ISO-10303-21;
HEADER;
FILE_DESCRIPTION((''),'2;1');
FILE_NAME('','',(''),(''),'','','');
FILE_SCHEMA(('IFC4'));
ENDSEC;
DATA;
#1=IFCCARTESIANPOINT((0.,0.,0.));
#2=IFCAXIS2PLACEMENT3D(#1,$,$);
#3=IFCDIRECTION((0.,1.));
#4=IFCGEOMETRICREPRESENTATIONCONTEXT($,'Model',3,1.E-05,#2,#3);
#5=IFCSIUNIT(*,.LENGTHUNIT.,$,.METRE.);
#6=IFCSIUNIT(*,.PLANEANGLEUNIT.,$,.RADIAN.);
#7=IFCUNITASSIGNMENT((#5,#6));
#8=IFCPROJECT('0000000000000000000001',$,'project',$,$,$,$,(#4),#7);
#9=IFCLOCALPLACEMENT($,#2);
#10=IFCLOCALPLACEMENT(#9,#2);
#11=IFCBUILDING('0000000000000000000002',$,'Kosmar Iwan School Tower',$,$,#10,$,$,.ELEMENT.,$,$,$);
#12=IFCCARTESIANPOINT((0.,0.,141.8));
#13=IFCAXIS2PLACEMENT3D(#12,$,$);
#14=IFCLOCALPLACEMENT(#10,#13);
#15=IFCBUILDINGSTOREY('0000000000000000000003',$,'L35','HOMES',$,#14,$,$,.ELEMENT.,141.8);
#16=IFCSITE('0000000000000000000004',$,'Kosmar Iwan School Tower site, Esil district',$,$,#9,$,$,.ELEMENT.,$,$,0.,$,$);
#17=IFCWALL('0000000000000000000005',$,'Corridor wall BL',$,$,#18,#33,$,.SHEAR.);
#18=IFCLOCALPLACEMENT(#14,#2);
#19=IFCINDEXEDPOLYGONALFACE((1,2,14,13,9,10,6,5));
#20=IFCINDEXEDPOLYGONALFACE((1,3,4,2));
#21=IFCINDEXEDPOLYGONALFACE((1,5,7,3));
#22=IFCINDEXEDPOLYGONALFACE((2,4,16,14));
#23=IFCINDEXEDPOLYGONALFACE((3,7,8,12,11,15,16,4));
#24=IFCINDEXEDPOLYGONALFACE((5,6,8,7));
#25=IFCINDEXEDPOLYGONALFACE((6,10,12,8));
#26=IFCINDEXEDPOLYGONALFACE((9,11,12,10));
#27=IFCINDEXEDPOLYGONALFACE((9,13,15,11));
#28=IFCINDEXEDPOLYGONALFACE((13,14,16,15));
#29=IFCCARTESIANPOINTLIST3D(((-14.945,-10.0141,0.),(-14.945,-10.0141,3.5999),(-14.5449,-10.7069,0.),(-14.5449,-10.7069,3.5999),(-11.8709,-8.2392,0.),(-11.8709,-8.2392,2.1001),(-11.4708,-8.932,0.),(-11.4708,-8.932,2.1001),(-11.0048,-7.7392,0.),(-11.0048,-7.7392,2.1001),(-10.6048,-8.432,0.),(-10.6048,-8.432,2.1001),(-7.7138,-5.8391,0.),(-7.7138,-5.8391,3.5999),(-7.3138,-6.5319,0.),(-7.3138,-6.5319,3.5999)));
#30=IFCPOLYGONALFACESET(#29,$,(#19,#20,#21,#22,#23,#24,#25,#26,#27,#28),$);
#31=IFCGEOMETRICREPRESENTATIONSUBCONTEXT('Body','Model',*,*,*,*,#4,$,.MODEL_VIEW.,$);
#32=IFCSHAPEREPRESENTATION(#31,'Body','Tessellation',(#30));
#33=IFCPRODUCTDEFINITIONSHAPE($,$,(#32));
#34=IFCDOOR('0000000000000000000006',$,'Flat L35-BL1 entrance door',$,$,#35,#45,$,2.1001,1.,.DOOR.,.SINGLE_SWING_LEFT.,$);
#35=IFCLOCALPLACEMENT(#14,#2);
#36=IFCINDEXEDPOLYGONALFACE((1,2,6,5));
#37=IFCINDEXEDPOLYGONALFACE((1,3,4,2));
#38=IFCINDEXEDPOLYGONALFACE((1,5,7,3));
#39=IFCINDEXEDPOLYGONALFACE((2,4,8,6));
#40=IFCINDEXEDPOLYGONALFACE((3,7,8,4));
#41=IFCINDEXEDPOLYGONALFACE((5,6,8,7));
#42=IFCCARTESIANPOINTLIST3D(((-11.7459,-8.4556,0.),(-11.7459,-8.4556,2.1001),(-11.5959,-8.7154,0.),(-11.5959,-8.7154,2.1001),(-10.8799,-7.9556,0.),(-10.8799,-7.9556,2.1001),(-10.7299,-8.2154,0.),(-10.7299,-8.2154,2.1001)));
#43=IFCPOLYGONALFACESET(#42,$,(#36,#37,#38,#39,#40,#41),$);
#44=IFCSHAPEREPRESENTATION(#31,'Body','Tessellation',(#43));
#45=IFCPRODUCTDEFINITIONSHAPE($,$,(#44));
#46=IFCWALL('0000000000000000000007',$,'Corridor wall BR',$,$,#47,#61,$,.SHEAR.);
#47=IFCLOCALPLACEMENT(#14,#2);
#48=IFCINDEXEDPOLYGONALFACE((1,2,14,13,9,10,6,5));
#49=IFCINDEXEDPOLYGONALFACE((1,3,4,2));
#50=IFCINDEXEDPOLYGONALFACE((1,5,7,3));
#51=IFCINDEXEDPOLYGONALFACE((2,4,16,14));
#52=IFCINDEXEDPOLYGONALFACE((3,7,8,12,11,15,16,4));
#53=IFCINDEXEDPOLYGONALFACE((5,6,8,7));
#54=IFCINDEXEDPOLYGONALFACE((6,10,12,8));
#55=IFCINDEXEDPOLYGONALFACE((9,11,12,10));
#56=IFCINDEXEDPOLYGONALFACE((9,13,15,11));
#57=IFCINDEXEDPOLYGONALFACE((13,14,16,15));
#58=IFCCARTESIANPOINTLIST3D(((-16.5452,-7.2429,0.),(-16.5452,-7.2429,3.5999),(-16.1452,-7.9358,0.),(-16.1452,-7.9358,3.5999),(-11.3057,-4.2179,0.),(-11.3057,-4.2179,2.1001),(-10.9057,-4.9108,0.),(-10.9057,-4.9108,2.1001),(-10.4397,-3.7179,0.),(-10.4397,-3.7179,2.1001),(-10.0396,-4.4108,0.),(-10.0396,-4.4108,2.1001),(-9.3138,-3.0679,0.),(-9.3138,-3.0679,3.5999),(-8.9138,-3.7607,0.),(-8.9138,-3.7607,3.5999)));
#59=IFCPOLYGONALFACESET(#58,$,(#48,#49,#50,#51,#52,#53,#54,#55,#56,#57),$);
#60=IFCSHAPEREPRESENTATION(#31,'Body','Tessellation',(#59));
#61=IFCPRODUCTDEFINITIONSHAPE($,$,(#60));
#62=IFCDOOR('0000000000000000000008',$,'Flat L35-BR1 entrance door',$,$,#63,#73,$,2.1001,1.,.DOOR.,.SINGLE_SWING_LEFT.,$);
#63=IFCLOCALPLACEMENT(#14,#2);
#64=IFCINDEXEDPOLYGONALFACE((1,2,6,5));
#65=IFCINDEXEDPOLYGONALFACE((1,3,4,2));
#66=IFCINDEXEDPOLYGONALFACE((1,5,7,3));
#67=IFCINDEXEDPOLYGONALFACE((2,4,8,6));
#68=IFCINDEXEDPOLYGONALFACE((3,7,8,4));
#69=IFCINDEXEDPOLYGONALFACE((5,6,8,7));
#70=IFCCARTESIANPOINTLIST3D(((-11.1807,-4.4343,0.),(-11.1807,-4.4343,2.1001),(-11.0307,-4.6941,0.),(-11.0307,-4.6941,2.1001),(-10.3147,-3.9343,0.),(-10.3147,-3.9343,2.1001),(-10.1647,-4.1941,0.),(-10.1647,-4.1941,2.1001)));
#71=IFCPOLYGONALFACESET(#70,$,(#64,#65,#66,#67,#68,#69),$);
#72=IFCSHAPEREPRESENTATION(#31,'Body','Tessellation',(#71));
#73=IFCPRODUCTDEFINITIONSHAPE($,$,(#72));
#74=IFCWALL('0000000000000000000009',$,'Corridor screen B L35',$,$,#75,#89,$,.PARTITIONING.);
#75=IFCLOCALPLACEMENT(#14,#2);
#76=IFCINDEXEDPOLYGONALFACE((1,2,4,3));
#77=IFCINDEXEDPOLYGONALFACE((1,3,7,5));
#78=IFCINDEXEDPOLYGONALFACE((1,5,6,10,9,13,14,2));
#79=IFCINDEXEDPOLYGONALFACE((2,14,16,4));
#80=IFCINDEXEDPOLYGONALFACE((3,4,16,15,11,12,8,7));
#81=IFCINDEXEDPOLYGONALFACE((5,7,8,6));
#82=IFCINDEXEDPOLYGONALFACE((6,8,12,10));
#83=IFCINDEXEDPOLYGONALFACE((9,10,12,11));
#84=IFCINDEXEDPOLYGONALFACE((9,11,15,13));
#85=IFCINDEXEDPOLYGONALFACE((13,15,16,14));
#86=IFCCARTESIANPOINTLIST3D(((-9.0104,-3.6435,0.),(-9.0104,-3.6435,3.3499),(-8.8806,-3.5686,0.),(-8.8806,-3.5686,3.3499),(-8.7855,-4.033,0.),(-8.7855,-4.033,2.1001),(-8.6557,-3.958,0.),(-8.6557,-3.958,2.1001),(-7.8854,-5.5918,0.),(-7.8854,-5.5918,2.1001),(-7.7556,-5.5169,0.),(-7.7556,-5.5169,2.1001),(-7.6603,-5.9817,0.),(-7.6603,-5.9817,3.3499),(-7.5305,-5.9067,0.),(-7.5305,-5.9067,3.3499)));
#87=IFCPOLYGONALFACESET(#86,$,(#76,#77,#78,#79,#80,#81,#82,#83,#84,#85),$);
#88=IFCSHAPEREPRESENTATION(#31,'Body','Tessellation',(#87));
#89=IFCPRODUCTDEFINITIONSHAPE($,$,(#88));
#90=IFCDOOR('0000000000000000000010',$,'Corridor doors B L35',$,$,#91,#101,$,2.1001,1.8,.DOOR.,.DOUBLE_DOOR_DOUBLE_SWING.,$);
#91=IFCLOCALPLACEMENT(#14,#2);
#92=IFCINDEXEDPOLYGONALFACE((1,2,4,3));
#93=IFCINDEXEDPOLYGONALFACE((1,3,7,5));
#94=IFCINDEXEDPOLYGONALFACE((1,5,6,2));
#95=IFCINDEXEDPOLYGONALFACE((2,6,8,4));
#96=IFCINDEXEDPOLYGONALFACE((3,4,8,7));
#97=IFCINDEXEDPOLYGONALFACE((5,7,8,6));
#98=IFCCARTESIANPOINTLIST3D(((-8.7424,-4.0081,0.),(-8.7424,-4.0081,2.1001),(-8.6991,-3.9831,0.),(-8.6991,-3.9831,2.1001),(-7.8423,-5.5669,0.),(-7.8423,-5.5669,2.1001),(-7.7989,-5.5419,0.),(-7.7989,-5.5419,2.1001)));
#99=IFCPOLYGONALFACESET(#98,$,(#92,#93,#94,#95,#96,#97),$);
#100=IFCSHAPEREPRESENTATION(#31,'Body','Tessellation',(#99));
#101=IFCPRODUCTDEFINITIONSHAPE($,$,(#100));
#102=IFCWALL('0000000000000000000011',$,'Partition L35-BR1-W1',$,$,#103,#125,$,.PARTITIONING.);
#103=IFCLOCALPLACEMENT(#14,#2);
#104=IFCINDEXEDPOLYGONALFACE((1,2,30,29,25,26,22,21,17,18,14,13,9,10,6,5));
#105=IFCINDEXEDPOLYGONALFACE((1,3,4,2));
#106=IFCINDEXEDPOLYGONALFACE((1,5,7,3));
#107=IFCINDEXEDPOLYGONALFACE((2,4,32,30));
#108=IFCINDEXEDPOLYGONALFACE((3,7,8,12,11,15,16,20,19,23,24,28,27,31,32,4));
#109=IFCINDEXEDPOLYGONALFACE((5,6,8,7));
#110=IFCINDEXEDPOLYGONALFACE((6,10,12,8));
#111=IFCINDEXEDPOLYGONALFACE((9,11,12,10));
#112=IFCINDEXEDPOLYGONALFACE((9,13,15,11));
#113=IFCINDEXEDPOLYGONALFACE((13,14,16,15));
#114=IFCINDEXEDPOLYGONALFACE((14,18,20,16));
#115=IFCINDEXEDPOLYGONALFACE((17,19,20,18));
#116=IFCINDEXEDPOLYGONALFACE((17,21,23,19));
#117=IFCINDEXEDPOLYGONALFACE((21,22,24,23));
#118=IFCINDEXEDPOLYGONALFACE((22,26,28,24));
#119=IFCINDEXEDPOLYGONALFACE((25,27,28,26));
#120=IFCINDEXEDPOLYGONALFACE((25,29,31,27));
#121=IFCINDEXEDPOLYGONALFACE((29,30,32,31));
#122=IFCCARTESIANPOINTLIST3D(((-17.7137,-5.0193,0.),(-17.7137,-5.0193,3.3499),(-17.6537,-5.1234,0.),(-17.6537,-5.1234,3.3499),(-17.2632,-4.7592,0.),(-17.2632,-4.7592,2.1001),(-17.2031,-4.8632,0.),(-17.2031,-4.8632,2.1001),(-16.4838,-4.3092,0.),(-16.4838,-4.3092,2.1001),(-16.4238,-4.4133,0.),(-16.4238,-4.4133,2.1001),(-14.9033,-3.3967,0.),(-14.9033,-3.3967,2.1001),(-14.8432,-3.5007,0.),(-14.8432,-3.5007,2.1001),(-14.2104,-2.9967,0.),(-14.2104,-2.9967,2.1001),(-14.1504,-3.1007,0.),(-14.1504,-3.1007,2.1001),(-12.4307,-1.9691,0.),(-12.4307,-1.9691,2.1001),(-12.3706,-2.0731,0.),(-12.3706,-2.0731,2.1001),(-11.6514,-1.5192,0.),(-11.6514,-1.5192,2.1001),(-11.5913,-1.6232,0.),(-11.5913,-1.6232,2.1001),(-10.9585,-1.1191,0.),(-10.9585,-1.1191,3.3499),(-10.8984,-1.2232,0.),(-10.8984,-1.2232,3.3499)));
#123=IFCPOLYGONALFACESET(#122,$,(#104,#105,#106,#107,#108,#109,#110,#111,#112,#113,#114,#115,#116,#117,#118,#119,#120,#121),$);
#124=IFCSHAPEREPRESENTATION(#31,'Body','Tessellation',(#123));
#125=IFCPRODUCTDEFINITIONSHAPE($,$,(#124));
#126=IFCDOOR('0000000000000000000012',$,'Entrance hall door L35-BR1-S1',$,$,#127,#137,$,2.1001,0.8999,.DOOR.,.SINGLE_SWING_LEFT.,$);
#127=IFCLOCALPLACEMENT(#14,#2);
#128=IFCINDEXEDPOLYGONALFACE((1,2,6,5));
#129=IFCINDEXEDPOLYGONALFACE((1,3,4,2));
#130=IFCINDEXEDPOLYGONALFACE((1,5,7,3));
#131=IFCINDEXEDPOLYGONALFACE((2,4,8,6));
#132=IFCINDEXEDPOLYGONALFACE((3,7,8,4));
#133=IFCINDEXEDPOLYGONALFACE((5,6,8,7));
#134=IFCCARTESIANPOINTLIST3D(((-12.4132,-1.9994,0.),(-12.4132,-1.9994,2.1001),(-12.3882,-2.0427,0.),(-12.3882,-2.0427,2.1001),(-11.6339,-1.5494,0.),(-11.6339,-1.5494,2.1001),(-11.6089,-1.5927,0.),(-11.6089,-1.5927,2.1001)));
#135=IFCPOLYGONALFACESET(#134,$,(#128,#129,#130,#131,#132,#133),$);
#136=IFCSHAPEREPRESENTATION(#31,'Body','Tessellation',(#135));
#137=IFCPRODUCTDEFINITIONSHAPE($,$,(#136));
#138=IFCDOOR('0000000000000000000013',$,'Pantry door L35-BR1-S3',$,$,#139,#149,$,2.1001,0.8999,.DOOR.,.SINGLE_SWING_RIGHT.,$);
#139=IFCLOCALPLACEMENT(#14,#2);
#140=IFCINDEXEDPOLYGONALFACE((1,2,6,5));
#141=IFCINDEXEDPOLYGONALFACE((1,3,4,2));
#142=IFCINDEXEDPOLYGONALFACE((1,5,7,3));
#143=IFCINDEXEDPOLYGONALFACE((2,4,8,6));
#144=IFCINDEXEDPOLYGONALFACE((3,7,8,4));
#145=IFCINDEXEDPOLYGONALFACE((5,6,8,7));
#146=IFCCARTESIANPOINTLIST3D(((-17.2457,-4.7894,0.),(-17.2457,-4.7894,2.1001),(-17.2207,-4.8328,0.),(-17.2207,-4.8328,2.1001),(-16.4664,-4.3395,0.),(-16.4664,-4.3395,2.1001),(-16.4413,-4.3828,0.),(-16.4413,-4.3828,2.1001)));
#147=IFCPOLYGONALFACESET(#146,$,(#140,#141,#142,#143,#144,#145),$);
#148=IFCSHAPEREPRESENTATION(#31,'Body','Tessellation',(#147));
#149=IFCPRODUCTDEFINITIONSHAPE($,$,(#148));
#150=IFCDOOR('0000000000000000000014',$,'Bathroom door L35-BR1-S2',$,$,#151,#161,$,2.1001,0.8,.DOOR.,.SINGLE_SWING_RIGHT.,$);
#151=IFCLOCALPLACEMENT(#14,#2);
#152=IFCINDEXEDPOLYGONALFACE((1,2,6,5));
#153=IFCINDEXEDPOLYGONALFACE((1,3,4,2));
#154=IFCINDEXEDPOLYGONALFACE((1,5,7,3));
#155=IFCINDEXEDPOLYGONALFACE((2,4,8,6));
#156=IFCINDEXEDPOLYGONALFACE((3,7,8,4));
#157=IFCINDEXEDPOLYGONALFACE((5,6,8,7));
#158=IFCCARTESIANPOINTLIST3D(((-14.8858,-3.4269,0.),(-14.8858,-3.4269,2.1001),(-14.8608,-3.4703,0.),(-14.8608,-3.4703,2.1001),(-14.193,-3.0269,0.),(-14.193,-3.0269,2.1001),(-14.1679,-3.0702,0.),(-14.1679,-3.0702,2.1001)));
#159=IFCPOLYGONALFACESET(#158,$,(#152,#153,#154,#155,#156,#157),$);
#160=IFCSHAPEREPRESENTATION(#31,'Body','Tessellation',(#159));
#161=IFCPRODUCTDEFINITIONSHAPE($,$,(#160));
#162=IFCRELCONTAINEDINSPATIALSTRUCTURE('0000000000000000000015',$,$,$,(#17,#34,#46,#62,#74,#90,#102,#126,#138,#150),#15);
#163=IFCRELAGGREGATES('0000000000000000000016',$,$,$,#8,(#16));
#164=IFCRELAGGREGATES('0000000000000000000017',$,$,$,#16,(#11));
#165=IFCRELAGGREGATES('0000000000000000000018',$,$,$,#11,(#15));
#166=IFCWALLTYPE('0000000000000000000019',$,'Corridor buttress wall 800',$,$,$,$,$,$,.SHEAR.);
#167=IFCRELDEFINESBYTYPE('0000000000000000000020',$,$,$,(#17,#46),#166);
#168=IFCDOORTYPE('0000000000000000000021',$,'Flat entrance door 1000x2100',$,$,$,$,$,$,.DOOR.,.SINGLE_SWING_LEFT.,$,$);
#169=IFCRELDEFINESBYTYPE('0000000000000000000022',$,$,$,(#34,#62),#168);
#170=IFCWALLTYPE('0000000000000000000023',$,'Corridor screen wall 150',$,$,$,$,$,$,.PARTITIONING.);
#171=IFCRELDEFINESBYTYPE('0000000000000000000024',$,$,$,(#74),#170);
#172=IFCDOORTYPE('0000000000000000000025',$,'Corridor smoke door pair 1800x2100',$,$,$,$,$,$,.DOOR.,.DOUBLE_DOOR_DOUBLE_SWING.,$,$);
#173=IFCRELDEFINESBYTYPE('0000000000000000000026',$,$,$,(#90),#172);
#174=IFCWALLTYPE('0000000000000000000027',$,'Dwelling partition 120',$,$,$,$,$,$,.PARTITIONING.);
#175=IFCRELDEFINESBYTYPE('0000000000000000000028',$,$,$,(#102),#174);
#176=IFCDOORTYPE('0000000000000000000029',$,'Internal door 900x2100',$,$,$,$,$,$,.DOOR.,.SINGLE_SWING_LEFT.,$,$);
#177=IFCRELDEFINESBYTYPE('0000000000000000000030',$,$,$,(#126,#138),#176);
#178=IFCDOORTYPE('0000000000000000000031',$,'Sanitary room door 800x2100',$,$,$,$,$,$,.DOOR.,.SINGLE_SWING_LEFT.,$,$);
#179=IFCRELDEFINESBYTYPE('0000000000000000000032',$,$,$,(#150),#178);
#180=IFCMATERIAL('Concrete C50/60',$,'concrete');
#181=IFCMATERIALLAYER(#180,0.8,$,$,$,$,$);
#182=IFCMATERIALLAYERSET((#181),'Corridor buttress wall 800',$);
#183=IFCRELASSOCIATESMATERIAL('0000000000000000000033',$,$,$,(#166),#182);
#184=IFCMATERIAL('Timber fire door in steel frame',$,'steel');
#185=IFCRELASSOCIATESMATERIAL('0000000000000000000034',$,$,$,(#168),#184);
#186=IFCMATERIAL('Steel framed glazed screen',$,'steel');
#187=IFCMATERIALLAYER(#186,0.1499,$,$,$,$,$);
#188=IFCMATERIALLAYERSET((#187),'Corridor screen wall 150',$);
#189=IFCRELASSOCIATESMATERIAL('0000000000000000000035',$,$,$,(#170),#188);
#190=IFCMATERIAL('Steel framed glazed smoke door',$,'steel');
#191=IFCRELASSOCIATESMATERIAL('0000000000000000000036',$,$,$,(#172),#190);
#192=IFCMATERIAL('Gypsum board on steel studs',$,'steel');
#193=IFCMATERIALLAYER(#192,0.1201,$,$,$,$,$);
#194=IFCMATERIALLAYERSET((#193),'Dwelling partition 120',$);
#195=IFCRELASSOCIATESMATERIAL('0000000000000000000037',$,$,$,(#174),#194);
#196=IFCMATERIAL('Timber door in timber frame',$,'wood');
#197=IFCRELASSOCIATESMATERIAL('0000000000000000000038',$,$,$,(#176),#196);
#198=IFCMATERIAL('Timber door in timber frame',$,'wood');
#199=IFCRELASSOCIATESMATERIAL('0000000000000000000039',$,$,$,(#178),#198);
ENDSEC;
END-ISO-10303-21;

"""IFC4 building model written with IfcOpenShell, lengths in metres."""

from ifc_helpers import new_model, si_unit, direction, frame, frame_2d, origin, place, context, subcontext, project, spatial, rectangle, extrude, material, layer, layer_set, type_object, element, fill, save


model = new_model("IFC4")

# Units and contexts
model_context = context("Model", 3, precision=1e-05, world=origin(), true_north=direction((0.0, 1.0)))
body_context = subcontext(model_context, "Body", "Model", "MODEL_VIEW")
ifc_project = project(units=[si_unit("LENGTHUNIT", "METRE"), si_unit("PLANEANGLEUNIT", "RADIAN")], contexts=[model_context])

# Site, building, storey
site_placement = place(None, origin())
site = spatial("IfcSite", under=ifc_project, at=site_placement, Name="Kosmar Iwan School Tower site, Esil district", CompositionType="ELEMENT", RefElevation=0.0)
building_placement = place(site_placement, origin())
building = spatial("IfcBuilding", under=site, at=building_placement, Name="Kosmar Iwan School Tower", CompositionType="ELEMENT")
storey_placement = place(building_placement, frame((0.0, 0.0, 141.8)))
storey = spatial("IfcBuildingStorey", under=building, at=storey_placement, Name="L35", Description="HOMES", CompositionType="ELEMENT", Elevation=141.8)

# Walls, openings, doors
ifc_material_1 = material(Name="Concrete C50/60", Category="concrete")
ifc_layer_1 = layer(ifc_material_1, 0.8)
ifc_layer_set_1 = layer_set([ifc_layer_1], Name="Corridor buttress wall 800")
wall_type_1 = type_object("IfcWallType", Name="Corridor buttress wall 800", PredefinedType="SHEAR", material=ifc_layer_set_1)
wall_1_placement = place(storey_placement, frame((-7.5139, -6.1855, 0.0), z_axis=(0.0, 0.0, 1.0), x_axis=(-0.86602, -0.50001, 0.0)))
wall_1 = element("IfcWall", 1, at=wall_1_placement, inside=storey, type_object=wall_type_1, Name="Corridor wall BL", PredefinedType="SHEAR", context=body_context, shape_type="SweptSolid", body=[
    extrude(rectangle(XDim=8.3499, YDim=0.8, at=frame_2d((4.1748, 0.0))), origin(), (0.0, 0.0, 1.0), 3.5999),
])
opening_1_placement = place(wall_1_placement, frame((3.8, 0.0, 0.0)))
opening_1 = element("IfcOpeningElement", 2, at=opening_1_placement, cuts=wall_1, PredefinedType="OPENING", context=body_context, shape_type="SweptSolid", body=[
    extrude(rectangle(XDim=1.0, YDim=2.1001, at=frame_2d((0.5, 1.05))), frame((0.0, 0.4121, 0.0), z_axis=(0.0, -1.0, 0.0), x_axis=(1.0, 0.0, 0.0)), (0.0, 0.0, 1.0), 0.824),
])
ifc_material_2 = material(Name="Timber fire door in steel frame", Category="steel")
door_type_1 = type_object("IfcDoorType", Name="Flat entrance door 1000x2100", OperationType="SINGLE_SWING_LEFT", PredefinedType="DOOR", material=ifc_material_2)
door_1_placement = place(opening_1_placement, origin())
door_1 = element("IfcDoor", 3, at=door_1_placement, inside=storey, type_object=door_type_1, Name="Flat L35-BL1 entrance door", OperationType="SINGLE_SWING_LEFT", OverallHeight=2.1001, OverallWidth=1.0, PredefinedType="DOOR", context=body_context, shape_type="SweptSolid", body=[
    extrude(rectangle(XDim=1.0, YDim=2.1001, at=frame_2d((0.5, 1.05))), frame((0.0, 0.1499, 0.0), z_axis=(0.0, -1.0, 0.0), x_axis=(1.0, 0.0, 0.0)), (0.0, 0.0, 1.0), 0.3),
])
fill(opening_1, door_1)
wall_2_placement = place(storey_placement, frame((-9.1138, -3.4143, 0.0), z_axis=(0.0, 0.0, 1.0), x_axis=(-0.866027, -0.499997, 0.0)))
wall_2 = element("IfcWall", 4, at=wall_2_placement, inside=storey, type_object=wall_type_1, Name="Corridor wall BR", PredefinedType="SHEAR", context=body_context, shape_type="SweptSolid", body=[
    extrude(rectangle(XDim=8.3501, YDim=0.8, at=frame_2d((4.175, 0.0))), origin(), (0.0, 0.0, 1.0), 3.5999),
])
opening_2_placement = place(wall_2_placement, frame((1.3, 0.0, 0.0)))
opening_2 = element("IfcOpeningElement", 5, at=opening_2_placement, cuts=wall_2, PredefinedType="OPENING", context=body_context, shape_type="SweptSolid", body=[
    extrude(rectangle(XDim=1.0, YDim=2.1001, at=frame_2d((0.5, 1.05))), frame((0.0, 0.4121, 0.0), z_axis=(0.0, -1.0, 0.0), x_axis=(1.0, 0.0, 0.0)), (0.0, 0.0, 1.0), 0.824),
])
door_2_placement = place(opening_2_placement, origin())
door_2 = element("IfcDoor", 6, at=door_2_placement, inside=storey, type_object=door_type_1, Name="Flat L35-BR1 entrance door", OperationType="SINGLE_SWING_LEFT", OverallHeight=2.1001, OverallWidth=1.0, PredefinedType="DOOR", context=body_context, shape_type="SweptSolid", body=[
    extrude(rectangle(XDim=1.0, YDim=2.1001, at=frame_2d((0.5, 1.05))), frame((0.0, 0.1499, 0.0), z_axis=(0.0, -1.0, 0.0), x_axis=(1.0, 0.0, 0.0)), (0.0, 0.0, 1.0), 0.3),
])
fill(opening_2, door_2)
ifc_material_3 = material(Name="Steel framed glazed screen", Category="steel")
ifc_layer_2 = layer(ifc_material_3, 0.1499)
ifc_layer_set_2 = layer_set([ifc_layer_2], Name="Corridor screen wall 150")
wall_type_2 = type_object("IfcWallType", Name="Corridor screen wall 150", PredefinedType="PARTITIONING", material=ifc_layer_set_2)
wall_3_placement = place(storey_placement, frame((-8.9456, -3.606, 0.0), z_axis=(0.0, 0.0, 1.0), x_axis=(0.500049, -0.865997, 0.0)))
wall_3 = element("IfcWall", 7, at=wall_3_placement, inside=storey, type_object=wall_type_2, Name="Corridor screen B L35", PredefinedType="PARTITIONING", context=body_context, shape_type="SweptSolid", body=[
    extrude(rectangle(XDim=2.7, YDim=0.1499, at=frame_2d((1.3501, 0.0))), origin(), (0.0, 0.0, 1.0), 3.3499),
])
opening_3_placement = place(wall_3_placement, frame((0.45, 0.0, 0.0)))
opening_3 = element("IfcOpeningElement", 8, at=opening_3_placement, cuts=wall_3, PredefinedType="OPENING", context=body_context, shape_type="SweptSolid", body=[
    extrude(rectangle(XDim=1.8, YDim=2.1001, at=frame_2d((0.8999, 1.05))), frame((0.0, 0.0869, 0.0), z_axis=(0.0, -1.0, 0.0), x_axis=(1.0, 0.0, 0.0)), (0.0, 0.0, 1.0), 0.1738),
])
ifc_material_4 = material(Name="Steel framed glazed smoke door", Category="steel")
door_type_2 = type_object("IfcDoorType", Name="Corridor smoke door pair 1800x2100", OperationType="DOUBLE_DOOR_DOUBLE_SWING", PredefinedType="DOOR", material=ifc_material_4)
door_3_placement = place(opening_3_placement, origin())
door_3 = element("IfcDoor", 9, at=door_3_placement, inside=storey, type_object=door_type_2, Name="Corridor doors B L35", OperationType="DOUBLE_DOOR_DOUBLE_SWING", OverallHeight=2.1001, OverallWidth=1.8, PredefinedType="DOOR", context=body_context, shape_type="SweptSolid", body=[
    extrude(rectangle(XDim=1.8, YDim=2.1001, at=frame_2d((0.8999, 1.05))), frame((0.0, 0.0249, 0.0), z_axis=(0.0, -1.0, 0.0), x_axis=(1.0, 0.0, 0.0)), (0.0, 0.0, 1.0), 0.05),
])
fill(opening_3, door_3)

# Wall, openings, doors
ifc_material_5 = material(Name="Gypsum board on steel studs", Category="steel")
ifc_layer_3 = layer(ifc_material_5, 0.1201)
ifc_layer_set_3 = layer_set([ifc_layer_3], Name="Dwelling partition 120")
wall_type_3 = type_object("IfcWallType", Name="Dwelling partition 120", PredefinedType="PARTITIONING", material=ifc_layer_set_3)
wall_4_placement = place(storey_placement, frame((-10.9285, -1.1711, 0.0), z_axis=(0.0, 0.0, 1.0), x_axis=(-0.866021, -0.500007, 0.0)))
wall_4 = element("IfcWall", 10, at=wall_4_placement, inside=storey, type_object=wall_type_3, Name="Partition L35-BR1-W1", PredefinedType="PARTITIONING", context=body_context, shape_type="SweptSolid", body=[
    extrude(rectangle(XDim=7.8003, YDim=0.1201, at=frame_2d((3.9001, 0.0))), origin(), (0.0, 0.0, 1.0), 3.3499),
])
opening_4_placement = place(wall_4_placement, frame((0.8, 0.0, 0.0)))
opening_4 = element("IfcOpeningElement", 11, at=opening_4_placement, cuts=wall_4, PredefinedType="OPENING", context=body_context, shape_type="SweptSolid", body=[
    extrude(rectangle(XDim=0.8999, YDim=2.1001, at=frame_2d((0.45, 1.05))), frame((0.0, 0.072, 0.0), z_axis=(0.0, -1.0, 0.0), x_axis=(1.0, 0.0, 0.0)), (0.0, 0.0, 1.0), 0.144),
])
opening_5_placement = place(wall_4_placement, frame((3.7551, 0.0, 0.0)))
opening_5 = element("IfcOpeningElement", 12, at=opening_5_placement, cuts=wall_4, PredefinedType="OPENING", context=body_context, shape_type="SweptSolid", body=[
    extrude(rectangle(XDim=0.8, YDim=2.1001, at=frame_2d((0.3999, 1.05))), frame((0.0, 0.072, 0.0), z_axis=(0.0, -1.0, 0.0), x_axis=(1.0, 0.0, 0.0)), (0.0, 0.0, 1.0), 0.144),
])
opening_6_placement = place(wall_4_placement, frame((6.3801, 0.0, 0.0)))
opening_6 = element("IfcOpeningElement", 13, at=opening_6_placement, cuts=wall_4, PredefinedType="OPENING", context=body_context, shape_type="SweptSolid", body=[
    extrude(rectangle(XDim=0.8999, YDim=2.1001, at=frame_2d((0.45, 1.05))), frame((0.0, 0.072, 0.0), z_axis=(0.0, -1.0, 0.0), x_axis=(1.0, 0.0, 0.0)), (0.0, 0.0, 1.0), 0.144),
])
ifc_material_6 = material(Name="Timber door in timber frame", Category="wood")
door_type_3 = type_object("IfcDoorType", Name="Internal door 900x2100", OperationType="SINGLE_SWING_LEFT", PredefinedType="DOOR", material=ifc_material_6)
door_4_placement = place(opening_4_placement, origin())
door_4 = element("IfcDoor", 14, at=door_4_placement, inside=storey, type_object=door_type_3, Name="Entrance hall door L35-BR1-S1", OperationType="SINGLE_SWING_LEFT", OverallHeight=2.1001, OverallWidth=0.8999, PredefinedType="DOOR", context=body_context, shape_type="SweptSolid", body=[
    extrude(rectangle(XDim=0.8999, YDim=2.1001, at=frame_2d((0.45, 1.05))), frame((0.0, 0.0249, 0.0), z_axis=(0.0, -1.0, 0.0), x_axis=(1.0, 0.0, 0.0)), (0.0, 0.0, 1.0), 0.05),
])
fill(opening_4, door_4)
door_5_placement = place(opening_6_placement, origin())
door_5 = element("IfcDoor", 15, at=door_5_placement, inside=storey, type_object=door_type_3, Name="Pantry door L35-BR1-S3", OperationType="SINGLE_SWING_RIGHT", OverallHeight=2.1001, OverallWidth=0.8999, PredefinedType="DOOR", context=body_context, shape_type="SweptSolid", body=[
    extrude(rectangle(XDim=0.8999, YDim=2.1001, at=frame_2d((0.45, 1.05))), frame((0.0, 0.0249, 0.0), z_axis=(0.0, -1.0, 0.0), x_axis=(1.0, 0.0, 0.0)), (0.0, 0.0, 1.0), 0.05),
])
fill(opening_6, door_5)
ifc_material_7 = material(Name="Timber door in timber frame", Category="wood")
door_type_4 = type_object("IfcDoorType", Name="Sanitary room door 800x2100", OperationType="SINGLE_SWING_LEFT", PredefinedType="DOOR", material=ifc_material_7)
door_6_placement = place(opening_5_placement, origin())
door_6 = element("IfcDoor", 16, at=door_6_placement, inside=storey, type_object=door_type_4, Name="Bathroom door L35-BR1-S2", OperationType="SINGLE_SWING_RIGHT", OverallHeight=2.1001, OverallWidth=0.8, PredefinedType="DOOR", context=body_context, shape_type="SweptSolid", body=[
    extrude(rectangle(XDim=0.8, YDim=2.1001, at=frame_2d((0.3999, 1.05))), frame((0.0, 0.0249, 0.0), z_axis=(0.0, -1.0, 0.0), x_axis=(1.0, 0.0, 0.0)), (0.0, 0.0, 1.0), 0.05),
])
fill(opening_5, door_6)

save(model, "model.ifc")
